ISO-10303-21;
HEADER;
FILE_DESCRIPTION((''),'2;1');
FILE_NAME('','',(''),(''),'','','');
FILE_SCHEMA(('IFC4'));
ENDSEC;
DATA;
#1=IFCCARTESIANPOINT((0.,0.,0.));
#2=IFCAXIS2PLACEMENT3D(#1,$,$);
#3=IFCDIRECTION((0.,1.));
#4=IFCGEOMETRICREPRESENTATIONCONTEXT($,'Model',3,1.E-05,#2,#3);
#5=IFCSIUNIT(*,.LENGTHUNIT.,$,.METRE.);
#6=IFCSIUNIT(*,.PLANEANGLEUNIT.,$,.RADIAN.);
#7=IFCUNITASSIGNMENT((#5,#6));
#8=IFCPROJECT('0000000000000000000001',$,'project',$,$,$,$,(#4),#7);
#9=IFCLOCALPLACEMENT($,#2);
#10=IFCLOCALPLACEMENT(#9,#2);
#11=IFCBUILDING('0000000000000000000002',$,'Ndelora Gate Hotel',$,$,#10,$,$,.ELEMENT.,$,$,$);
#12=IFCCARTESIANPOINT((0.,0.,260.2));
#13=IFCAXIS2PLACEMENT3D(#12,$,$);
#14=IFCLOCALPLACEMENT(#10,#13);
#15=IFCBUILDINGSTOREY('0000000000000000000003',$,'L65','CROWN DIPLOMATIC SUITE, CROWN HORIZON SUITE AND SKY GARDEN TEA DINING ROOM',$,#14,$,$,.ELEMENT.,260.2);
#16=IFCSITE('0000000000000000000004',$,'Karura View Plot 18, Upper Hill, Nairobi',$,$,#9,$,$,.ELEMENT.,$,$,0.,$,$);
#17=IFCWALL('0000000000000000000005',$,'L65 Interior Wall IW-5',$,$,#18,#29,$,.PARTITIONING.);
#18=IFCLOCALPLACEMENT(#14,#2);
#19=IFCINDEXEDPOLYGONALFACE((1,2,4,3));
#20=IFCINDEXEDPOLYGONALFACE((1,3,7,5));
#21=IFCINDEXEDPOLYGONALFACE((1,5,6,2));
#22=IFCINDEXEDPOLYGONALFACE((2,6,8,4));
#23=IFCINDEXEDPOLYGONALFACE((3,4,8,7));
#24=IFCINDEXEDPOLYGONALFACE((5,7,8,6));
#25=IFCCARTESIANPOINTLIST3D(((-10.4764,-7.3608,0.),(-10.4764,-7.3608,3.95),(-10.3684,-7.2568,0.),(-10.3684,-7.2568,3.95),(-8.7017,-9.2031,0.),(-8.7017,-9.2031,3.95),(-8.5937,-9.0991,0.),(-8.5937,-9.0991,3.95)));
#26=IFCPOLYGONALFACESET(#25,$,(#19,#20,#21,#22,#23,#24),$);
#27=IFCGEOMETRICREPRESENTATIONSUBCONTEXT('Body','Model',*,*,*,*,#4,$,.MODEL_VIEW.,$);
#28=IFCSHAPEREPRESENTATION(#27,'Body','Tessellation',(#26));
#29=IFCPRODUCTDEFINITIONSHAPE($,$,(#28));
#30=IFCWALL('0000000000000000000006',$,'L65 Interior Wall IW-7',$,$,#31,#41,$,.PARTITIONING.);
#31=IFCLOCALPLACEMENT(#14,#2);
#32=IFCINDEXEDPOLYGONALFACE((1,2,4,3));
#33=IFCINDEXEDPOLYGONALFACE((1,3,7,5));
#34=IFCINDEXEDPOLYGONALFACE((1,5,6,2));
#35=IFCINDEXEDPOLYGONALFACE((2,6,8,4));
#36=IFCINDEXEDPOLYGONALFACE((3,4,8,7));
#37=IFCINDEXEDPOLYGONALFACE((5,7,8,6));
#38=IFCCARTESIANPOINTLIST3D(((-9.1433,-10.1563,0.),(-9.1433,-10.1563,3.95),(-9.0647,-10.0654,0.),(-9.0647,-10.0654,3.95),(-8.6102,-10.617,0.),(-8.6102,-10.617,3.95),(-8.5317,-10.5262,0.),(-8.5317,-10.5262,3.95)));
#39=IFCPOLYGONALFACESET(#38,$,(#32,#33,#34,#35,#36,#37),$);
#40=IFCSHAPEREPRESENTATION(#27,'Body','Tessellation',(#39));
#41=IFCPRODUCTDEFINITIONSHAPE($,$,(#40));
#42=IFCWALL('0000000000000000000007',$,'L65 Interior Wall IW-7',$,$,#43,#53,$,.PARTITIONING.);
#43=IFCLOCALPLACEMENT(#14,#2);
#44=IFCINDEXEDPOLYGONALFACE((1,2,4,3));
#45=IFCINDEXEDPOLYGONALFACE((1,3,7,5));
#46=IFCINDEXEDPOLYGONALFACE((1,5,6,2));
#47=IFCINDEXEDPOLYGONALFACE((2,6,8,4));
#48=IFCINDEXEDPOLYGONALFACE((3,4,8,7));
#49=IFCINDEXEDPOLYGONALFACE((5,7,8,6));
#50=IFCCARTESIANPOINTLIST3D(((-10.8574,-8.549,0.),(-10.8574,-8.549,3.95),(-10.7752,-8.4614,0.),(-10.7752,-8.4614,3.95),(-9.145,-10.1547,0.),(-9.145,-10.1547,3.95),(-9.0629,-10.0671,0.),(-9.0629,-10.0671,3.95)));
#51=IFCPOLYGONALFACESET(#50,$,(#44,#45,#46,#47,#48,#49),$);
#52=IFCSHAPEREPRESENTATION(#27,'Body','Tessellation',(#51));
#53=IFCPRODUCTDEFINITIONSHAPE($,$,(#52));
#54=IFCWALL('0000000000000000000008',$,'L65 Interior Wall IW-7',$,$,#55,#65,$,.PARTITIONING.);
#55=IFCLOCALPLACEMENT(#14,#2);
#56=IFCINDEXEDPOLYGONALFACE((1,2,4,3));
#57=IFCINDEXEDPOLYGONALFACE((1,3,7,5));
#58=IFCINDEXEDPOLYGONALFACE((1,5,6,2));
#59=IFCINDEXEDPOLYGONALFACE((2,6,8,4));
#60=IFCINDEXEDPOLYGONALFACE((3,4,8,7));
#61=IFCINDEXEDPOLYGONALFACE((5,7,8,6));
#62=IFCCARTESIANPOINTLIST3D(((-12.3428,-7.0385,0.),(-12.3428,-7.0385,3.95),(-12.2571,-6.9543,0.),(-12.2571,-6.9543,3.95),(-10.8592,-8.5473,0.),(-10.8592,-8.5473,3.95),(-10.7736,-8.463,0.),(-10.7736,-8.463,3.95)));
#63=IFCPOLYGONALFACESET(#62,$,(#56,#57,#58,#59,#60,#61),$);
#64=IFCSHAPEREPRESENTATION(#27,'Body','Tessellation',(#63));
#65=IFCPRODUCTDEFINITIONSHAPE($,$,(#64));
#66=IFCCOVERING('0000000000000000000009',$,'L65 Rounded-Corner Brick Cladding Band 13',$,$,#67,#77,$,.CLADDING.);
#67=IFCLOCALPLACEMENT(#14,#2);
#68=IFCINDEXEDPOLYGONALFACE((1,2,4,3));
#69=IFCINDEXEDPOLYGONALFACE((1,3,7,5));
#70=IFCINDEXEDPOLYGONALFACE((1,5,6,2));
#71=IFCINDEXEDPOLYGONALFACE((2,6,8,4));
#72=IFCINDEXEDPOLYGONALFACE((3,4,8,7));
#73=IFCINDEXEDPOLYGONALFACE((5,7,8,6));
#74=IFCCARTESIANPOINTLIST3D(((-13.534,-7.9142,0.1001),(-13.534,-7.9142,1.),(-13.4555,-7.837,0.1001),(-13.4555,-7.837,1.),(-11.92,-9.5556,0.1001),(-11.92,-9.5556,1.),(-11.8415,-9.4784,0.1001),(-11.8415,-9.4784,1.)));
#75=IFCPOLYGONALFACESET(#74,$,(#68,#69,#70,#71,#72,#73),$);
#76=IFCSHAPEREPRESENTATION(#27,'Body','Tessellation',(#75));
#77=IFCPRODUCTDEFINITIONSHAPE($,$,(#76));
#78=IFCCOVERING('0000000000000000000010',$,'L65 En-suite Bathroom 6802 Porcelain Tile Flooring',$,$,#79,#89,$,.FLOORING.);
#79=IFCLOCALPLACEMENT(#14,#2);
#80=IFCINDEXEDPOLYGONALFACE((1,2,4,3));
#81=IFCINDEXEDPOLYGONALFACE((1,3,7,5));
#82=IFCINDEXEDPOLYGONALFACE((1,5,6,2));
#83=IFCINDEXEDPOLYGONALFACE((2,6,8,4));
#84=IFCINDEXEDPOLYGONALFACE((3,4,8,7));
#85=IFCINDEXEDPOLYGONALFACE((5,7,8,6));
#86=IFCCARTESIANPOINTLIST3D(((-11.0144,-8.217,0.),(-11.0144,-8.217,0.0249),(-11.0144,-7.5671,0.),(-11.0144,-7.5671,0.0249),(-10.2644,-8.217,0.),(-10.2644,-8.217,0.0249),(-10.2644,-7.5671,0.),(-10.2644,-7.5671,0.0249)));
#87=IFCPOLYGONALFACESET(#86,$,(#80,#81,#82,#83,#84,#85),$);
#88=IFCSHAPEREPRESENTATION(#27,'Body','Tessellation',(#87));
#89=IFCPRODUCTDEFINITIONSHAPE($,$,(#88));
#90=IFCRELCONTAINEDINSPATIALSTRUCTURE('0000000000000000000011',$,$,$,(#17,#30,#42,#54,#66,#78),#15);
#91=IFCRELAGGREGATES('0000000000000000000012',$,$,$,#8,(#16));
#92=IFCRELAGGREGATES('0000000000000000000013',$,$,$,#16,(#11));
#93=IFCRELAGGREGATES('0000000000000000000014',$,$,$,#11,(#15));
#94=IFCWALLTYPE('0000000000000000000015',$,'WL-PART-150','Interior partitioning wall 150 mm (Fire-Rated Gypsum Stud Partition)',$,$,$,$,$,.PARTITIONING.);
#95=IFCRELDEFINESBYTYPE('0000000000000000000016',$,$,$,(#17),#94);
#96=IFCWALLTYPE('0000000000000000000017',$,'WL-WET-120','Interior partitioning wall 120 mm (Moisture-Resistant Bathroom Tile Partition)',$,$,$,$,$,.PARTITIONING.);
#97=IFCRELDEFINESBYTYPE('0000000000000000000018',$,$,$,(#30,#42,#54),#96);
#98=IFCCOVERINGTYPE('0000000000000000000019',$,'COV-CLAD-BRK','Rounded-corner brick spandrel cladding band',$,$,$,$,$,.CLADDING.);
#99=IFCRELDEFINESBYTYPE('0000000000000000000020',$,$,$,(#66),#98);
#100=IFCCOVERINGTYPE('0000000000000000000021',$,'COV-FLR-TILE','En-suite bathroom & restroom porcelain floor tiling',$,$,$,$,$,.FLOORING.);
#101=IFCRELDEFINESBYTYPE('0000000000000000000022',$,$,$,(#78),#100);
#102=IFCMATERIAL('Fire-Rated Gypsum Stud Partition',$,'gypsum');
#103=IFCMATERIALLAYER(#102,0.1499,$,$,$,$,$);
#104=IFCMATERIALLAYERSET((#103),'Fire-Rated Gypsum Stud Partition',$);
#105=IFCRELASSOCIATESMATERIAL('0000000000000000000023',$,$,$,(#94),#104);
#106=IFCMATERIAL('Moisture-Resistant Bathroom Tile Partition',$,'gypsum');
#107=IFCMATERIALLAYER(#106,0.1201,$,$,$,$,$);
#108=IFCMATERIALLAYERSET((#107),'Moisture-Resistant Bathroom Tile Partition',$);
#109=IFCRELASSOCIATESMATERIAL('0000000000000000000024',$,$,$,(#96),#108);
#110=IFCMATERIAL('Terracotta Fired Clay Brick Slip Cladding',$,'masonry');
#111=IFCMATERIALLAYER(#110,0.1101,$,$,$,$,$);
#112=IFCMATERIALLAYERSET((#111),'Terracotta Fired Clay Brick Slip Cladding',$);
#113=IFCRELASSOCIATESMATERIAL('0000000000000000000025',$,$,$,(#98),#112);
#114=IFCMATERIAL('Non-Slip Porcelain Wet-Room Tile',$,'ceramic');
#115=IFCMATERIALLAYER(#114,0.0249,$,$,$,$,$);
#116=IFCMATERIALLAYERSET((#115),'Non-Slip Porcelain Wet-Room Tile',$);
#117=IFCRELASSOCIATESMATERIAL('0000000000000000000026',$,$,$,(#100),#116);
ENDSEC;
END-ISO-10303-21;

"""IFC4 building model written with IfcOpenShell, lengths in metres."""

from ifc_helpers import new_model, si_unit, direction, frame, frame_2d, origin, origin_2d, place, context, subcontext, project, spatial, rectangle, extrude, material, layer, layer_set, type_object, element, save


model = new_model("IFC4")

# Units and contexts
model_context = context("Model", 3, precision=1e-05, world=origin(), true_north=direction((0.0, 1.0)))
body_context = subcontext(model_context, "Body", "Model", "MODEL_VIEW")
ifc_project = project(units=[si_unit("LENGTHUNIT", "METRE"), si_unit("PLANEANGLEUNIT", "RADIAN")], contexts=[model_context])

# Site, building, storey
site_placement = place(None, origin())
site = spatial("IfcSite", under=ifc_project, at=site_placement, Name="Karura View Plot 18, Upper Hill, Nairobi", CompositionType="ELEMENT", RefElevation=0.0)
building_placement = place(site_placement, origin())
building = spatial("IfcBuilding", under=site, at=building_placement, Name="Ndelora Gate Hotel", CompositionType="ELEMENT")
storey_placement = place(building_placement, frame((0.0, 0.0, 260.2)))
storey = spatial("IfcBuildingStorey", under=building, at=storey_placement, Name="L65", Description="CROWN DIPLOMATIC SUITE, CROWN HORIZON SUITE AND SKY GARDEN TEA DINING ROOM", CompositionType="ELEMENT", Elevation=260.2)

# Shared definitions
ifc_material_1 = material(Name="Fire-Rated Gypsum Stud Partition", Category="gypsum")
ifc_layer_1 = layer(ifc_material_1, 0.1499)
ifc_layer_set_1 = layer_set([ifc_layer_1], Name="Fire-Rated Gypsum Stud Partition")
wall_type_1 = type_object("IfcWallType", Name="WL-PART-150", Description="Interior partitioning wall 150 mm (Fire-Rated Gypsum Stud Partition)", PredefinedType="PARTITIONING", material=ifc_layer_set_1)

# Walls
wall_1_placement = place(storey_placement, frame((-8.6477, -9.1511, 0.0), z_axis=(0.0, 0.0, 1.0), x_axis=(-0.693765, 0.720202, 0.0)))
element("IfcWall", 1, at=wall_1_placement, inside=storey, type_object=wall_type_1, Name="L65 Interior Wall IW-5", PredefinedType="PARTITIONING", context=body_context, shape_type="SweptSolid", body=[
    extrude(rectangle(XDim=2.5581, YDim=0.1499, at=frame_2d((1.2791, 0.0))), origin(), (0.0, 0.0, 1.0), 3.95),
])
ifc_material_2 = material(Name="Moisture-Resistant Bathroom Tile Partition", Category="gypsum")
ifc_layer_2 = layer(ifc_material_2, 0.1201)
ifc_layer_set_2 = layer_set([ifc_layer_2], Name="Moisture-Resistant Bathroom Tile Partition")
wall_type_2 = type_object("IfcWallType", Name="WL-WET-120", Description="Interior partitioning wall 120 mm (Moisture-Resistant Bathroom Tile Partition)", PredefinedType="PARTITIONING", material=ifc_layer_set_2)
wall_2_placement = place(storey_placement, frame((-9.104, -10.1108, 0.0), z_axis=(0.0, 0.0, 1.0), x_axis=(0.756535, -0.653954, 0.0)))
element("IfcWall", 2, at=wall_2_placement, inside=storey, type_object=wall_type_2, Name="L65 Interior Wall IW-7", PredefinedType="PARTITIONING", context=body_context, shape_type="SweptSolid", body=[
    extrude(rectangle(XDim=0.7046, YDim=0.1201, at=frame_2d((0.3523, 0.0))), origin(), (0.0, 0.0, 1.0), 3.95),
])
wall_3_placement = place(storey_placement, frame((-10.8164, -8.5051, 0.0), z_axis=(0.0, 0.0, 1.0), x_axis=(0.729466, -0.684017, 0.0)))
element("IfcWall", 3, at=wall_3_placement, inside=storey, type_object=wall_type_2, Name="L65 Interior Wall IW-7", PredefinedType="PARTITIONING", context=body_context, shape_type="SweptSolid", body=[
    extrude(rectangle(XDim=2.3474, YDim=0.1201, at=frame_2d((1.1738, 0.0))), origin(), (0.0, 0.0, 1.0), 3.95),
])
wall_4_placement = place(storey_placement, frame((-12.3, -6.9963, 0.0), z_axis=(0.0, 0.0, 1.0), x_axis=(0.70114, -0.713024, 0.0)))
element("IfcWall", 4, at=wall_4_placement, inside=storey, type_object=wall_type_2, Name="L65 Interior Wall IW-7", PredefinedType="PARTITIONING", context=body_context, shape_type="SweptSolid", body=[
    extrude(rectangle(XDim=2.116, YDim=0.1201, at=frame_2d((1.0581, 0.0))), origin(), (0.0, 0.0, 1.0), 3.95),
])

# Coverings
ifc_material_3 = material(Name="Terracotta Fired Clay Brick Slip Cladding", Category="masonry")
ifc_layer_3 = layer(ifc_material_3, 0.1101)
ifc_layer_set_3 = layer_set([ifc_layer_3], Name="Terracotta Fired Clay Brick Slip Cladding")
covering_type_1 = type_object("IfcCoveringType", Name="COV-CLAD-BRK", Description="Rounded-corner brick spandrel cladding band", PredefinedType="CLADDING", material=ifc_layer_set_3)
covering_1_placement = place(storey_placement, frame((-12.6877, -8.6963, 0.1001), z_axis=(0.0, 0.0, 1.0), x_axis=(-0.701158, 0.713006, 0.0)))
element("IfcCovering", 5, at=covering_1_placement, inside=storey, type_object=covering_type_1, Name="L65 Rounded-Corner Brick Cladding Band 13", PredefinedType="CLADDING", context=body_context, shape_type="SweptSolid", body=[
    extrude(rectangle(XDim=2.302, YDim=0.1101, at=origin_2d()), origin(), (0.0, 0.0, 1.0), 0.8999),
])
ifc_material_4 = material(Name="Non-Slip Porcelain Wet-Room Tile", Category="ceramic")
ifc_layer_4 = layer(ifc_material_4, 0.0249)
ifc_layer_set_4 = layer_set([ifc_layer_4], Name="Non-Slip Porcelain Wet-Room Tile")
covering_type_2 = type_object("IfcCoveringType", Name="COV-FLR-TILE", Description="En-suite bathroom & restroom porcelain floor tiling", PredefinedType="FLOORING", material=ifc_layer_set_4)
covering_2_placement = place(storey_placement, frame((-10.6394, -7.8921, 0.0), z_axis=(0.0, 0.0, 1.0), x_axis=(1.0, 0.0, 0.0)))
element("IfcCovering", 6, at=covering_2_placement, inside=storey, type_object=covering_type_2, Name="L65 En-suite Bathroom 6802 Porcelain Tile Flooring", PredefinedType="FLOORING", context=body_context, shape_type="SweptSolid", body=[
    extrude(rectangle(XDim=0.75, YDim=0.6499, at=origin_2d()), origin(), (0.0, 0.0, 1.0), 0.0249),
])

save(model, "model.ifc")
